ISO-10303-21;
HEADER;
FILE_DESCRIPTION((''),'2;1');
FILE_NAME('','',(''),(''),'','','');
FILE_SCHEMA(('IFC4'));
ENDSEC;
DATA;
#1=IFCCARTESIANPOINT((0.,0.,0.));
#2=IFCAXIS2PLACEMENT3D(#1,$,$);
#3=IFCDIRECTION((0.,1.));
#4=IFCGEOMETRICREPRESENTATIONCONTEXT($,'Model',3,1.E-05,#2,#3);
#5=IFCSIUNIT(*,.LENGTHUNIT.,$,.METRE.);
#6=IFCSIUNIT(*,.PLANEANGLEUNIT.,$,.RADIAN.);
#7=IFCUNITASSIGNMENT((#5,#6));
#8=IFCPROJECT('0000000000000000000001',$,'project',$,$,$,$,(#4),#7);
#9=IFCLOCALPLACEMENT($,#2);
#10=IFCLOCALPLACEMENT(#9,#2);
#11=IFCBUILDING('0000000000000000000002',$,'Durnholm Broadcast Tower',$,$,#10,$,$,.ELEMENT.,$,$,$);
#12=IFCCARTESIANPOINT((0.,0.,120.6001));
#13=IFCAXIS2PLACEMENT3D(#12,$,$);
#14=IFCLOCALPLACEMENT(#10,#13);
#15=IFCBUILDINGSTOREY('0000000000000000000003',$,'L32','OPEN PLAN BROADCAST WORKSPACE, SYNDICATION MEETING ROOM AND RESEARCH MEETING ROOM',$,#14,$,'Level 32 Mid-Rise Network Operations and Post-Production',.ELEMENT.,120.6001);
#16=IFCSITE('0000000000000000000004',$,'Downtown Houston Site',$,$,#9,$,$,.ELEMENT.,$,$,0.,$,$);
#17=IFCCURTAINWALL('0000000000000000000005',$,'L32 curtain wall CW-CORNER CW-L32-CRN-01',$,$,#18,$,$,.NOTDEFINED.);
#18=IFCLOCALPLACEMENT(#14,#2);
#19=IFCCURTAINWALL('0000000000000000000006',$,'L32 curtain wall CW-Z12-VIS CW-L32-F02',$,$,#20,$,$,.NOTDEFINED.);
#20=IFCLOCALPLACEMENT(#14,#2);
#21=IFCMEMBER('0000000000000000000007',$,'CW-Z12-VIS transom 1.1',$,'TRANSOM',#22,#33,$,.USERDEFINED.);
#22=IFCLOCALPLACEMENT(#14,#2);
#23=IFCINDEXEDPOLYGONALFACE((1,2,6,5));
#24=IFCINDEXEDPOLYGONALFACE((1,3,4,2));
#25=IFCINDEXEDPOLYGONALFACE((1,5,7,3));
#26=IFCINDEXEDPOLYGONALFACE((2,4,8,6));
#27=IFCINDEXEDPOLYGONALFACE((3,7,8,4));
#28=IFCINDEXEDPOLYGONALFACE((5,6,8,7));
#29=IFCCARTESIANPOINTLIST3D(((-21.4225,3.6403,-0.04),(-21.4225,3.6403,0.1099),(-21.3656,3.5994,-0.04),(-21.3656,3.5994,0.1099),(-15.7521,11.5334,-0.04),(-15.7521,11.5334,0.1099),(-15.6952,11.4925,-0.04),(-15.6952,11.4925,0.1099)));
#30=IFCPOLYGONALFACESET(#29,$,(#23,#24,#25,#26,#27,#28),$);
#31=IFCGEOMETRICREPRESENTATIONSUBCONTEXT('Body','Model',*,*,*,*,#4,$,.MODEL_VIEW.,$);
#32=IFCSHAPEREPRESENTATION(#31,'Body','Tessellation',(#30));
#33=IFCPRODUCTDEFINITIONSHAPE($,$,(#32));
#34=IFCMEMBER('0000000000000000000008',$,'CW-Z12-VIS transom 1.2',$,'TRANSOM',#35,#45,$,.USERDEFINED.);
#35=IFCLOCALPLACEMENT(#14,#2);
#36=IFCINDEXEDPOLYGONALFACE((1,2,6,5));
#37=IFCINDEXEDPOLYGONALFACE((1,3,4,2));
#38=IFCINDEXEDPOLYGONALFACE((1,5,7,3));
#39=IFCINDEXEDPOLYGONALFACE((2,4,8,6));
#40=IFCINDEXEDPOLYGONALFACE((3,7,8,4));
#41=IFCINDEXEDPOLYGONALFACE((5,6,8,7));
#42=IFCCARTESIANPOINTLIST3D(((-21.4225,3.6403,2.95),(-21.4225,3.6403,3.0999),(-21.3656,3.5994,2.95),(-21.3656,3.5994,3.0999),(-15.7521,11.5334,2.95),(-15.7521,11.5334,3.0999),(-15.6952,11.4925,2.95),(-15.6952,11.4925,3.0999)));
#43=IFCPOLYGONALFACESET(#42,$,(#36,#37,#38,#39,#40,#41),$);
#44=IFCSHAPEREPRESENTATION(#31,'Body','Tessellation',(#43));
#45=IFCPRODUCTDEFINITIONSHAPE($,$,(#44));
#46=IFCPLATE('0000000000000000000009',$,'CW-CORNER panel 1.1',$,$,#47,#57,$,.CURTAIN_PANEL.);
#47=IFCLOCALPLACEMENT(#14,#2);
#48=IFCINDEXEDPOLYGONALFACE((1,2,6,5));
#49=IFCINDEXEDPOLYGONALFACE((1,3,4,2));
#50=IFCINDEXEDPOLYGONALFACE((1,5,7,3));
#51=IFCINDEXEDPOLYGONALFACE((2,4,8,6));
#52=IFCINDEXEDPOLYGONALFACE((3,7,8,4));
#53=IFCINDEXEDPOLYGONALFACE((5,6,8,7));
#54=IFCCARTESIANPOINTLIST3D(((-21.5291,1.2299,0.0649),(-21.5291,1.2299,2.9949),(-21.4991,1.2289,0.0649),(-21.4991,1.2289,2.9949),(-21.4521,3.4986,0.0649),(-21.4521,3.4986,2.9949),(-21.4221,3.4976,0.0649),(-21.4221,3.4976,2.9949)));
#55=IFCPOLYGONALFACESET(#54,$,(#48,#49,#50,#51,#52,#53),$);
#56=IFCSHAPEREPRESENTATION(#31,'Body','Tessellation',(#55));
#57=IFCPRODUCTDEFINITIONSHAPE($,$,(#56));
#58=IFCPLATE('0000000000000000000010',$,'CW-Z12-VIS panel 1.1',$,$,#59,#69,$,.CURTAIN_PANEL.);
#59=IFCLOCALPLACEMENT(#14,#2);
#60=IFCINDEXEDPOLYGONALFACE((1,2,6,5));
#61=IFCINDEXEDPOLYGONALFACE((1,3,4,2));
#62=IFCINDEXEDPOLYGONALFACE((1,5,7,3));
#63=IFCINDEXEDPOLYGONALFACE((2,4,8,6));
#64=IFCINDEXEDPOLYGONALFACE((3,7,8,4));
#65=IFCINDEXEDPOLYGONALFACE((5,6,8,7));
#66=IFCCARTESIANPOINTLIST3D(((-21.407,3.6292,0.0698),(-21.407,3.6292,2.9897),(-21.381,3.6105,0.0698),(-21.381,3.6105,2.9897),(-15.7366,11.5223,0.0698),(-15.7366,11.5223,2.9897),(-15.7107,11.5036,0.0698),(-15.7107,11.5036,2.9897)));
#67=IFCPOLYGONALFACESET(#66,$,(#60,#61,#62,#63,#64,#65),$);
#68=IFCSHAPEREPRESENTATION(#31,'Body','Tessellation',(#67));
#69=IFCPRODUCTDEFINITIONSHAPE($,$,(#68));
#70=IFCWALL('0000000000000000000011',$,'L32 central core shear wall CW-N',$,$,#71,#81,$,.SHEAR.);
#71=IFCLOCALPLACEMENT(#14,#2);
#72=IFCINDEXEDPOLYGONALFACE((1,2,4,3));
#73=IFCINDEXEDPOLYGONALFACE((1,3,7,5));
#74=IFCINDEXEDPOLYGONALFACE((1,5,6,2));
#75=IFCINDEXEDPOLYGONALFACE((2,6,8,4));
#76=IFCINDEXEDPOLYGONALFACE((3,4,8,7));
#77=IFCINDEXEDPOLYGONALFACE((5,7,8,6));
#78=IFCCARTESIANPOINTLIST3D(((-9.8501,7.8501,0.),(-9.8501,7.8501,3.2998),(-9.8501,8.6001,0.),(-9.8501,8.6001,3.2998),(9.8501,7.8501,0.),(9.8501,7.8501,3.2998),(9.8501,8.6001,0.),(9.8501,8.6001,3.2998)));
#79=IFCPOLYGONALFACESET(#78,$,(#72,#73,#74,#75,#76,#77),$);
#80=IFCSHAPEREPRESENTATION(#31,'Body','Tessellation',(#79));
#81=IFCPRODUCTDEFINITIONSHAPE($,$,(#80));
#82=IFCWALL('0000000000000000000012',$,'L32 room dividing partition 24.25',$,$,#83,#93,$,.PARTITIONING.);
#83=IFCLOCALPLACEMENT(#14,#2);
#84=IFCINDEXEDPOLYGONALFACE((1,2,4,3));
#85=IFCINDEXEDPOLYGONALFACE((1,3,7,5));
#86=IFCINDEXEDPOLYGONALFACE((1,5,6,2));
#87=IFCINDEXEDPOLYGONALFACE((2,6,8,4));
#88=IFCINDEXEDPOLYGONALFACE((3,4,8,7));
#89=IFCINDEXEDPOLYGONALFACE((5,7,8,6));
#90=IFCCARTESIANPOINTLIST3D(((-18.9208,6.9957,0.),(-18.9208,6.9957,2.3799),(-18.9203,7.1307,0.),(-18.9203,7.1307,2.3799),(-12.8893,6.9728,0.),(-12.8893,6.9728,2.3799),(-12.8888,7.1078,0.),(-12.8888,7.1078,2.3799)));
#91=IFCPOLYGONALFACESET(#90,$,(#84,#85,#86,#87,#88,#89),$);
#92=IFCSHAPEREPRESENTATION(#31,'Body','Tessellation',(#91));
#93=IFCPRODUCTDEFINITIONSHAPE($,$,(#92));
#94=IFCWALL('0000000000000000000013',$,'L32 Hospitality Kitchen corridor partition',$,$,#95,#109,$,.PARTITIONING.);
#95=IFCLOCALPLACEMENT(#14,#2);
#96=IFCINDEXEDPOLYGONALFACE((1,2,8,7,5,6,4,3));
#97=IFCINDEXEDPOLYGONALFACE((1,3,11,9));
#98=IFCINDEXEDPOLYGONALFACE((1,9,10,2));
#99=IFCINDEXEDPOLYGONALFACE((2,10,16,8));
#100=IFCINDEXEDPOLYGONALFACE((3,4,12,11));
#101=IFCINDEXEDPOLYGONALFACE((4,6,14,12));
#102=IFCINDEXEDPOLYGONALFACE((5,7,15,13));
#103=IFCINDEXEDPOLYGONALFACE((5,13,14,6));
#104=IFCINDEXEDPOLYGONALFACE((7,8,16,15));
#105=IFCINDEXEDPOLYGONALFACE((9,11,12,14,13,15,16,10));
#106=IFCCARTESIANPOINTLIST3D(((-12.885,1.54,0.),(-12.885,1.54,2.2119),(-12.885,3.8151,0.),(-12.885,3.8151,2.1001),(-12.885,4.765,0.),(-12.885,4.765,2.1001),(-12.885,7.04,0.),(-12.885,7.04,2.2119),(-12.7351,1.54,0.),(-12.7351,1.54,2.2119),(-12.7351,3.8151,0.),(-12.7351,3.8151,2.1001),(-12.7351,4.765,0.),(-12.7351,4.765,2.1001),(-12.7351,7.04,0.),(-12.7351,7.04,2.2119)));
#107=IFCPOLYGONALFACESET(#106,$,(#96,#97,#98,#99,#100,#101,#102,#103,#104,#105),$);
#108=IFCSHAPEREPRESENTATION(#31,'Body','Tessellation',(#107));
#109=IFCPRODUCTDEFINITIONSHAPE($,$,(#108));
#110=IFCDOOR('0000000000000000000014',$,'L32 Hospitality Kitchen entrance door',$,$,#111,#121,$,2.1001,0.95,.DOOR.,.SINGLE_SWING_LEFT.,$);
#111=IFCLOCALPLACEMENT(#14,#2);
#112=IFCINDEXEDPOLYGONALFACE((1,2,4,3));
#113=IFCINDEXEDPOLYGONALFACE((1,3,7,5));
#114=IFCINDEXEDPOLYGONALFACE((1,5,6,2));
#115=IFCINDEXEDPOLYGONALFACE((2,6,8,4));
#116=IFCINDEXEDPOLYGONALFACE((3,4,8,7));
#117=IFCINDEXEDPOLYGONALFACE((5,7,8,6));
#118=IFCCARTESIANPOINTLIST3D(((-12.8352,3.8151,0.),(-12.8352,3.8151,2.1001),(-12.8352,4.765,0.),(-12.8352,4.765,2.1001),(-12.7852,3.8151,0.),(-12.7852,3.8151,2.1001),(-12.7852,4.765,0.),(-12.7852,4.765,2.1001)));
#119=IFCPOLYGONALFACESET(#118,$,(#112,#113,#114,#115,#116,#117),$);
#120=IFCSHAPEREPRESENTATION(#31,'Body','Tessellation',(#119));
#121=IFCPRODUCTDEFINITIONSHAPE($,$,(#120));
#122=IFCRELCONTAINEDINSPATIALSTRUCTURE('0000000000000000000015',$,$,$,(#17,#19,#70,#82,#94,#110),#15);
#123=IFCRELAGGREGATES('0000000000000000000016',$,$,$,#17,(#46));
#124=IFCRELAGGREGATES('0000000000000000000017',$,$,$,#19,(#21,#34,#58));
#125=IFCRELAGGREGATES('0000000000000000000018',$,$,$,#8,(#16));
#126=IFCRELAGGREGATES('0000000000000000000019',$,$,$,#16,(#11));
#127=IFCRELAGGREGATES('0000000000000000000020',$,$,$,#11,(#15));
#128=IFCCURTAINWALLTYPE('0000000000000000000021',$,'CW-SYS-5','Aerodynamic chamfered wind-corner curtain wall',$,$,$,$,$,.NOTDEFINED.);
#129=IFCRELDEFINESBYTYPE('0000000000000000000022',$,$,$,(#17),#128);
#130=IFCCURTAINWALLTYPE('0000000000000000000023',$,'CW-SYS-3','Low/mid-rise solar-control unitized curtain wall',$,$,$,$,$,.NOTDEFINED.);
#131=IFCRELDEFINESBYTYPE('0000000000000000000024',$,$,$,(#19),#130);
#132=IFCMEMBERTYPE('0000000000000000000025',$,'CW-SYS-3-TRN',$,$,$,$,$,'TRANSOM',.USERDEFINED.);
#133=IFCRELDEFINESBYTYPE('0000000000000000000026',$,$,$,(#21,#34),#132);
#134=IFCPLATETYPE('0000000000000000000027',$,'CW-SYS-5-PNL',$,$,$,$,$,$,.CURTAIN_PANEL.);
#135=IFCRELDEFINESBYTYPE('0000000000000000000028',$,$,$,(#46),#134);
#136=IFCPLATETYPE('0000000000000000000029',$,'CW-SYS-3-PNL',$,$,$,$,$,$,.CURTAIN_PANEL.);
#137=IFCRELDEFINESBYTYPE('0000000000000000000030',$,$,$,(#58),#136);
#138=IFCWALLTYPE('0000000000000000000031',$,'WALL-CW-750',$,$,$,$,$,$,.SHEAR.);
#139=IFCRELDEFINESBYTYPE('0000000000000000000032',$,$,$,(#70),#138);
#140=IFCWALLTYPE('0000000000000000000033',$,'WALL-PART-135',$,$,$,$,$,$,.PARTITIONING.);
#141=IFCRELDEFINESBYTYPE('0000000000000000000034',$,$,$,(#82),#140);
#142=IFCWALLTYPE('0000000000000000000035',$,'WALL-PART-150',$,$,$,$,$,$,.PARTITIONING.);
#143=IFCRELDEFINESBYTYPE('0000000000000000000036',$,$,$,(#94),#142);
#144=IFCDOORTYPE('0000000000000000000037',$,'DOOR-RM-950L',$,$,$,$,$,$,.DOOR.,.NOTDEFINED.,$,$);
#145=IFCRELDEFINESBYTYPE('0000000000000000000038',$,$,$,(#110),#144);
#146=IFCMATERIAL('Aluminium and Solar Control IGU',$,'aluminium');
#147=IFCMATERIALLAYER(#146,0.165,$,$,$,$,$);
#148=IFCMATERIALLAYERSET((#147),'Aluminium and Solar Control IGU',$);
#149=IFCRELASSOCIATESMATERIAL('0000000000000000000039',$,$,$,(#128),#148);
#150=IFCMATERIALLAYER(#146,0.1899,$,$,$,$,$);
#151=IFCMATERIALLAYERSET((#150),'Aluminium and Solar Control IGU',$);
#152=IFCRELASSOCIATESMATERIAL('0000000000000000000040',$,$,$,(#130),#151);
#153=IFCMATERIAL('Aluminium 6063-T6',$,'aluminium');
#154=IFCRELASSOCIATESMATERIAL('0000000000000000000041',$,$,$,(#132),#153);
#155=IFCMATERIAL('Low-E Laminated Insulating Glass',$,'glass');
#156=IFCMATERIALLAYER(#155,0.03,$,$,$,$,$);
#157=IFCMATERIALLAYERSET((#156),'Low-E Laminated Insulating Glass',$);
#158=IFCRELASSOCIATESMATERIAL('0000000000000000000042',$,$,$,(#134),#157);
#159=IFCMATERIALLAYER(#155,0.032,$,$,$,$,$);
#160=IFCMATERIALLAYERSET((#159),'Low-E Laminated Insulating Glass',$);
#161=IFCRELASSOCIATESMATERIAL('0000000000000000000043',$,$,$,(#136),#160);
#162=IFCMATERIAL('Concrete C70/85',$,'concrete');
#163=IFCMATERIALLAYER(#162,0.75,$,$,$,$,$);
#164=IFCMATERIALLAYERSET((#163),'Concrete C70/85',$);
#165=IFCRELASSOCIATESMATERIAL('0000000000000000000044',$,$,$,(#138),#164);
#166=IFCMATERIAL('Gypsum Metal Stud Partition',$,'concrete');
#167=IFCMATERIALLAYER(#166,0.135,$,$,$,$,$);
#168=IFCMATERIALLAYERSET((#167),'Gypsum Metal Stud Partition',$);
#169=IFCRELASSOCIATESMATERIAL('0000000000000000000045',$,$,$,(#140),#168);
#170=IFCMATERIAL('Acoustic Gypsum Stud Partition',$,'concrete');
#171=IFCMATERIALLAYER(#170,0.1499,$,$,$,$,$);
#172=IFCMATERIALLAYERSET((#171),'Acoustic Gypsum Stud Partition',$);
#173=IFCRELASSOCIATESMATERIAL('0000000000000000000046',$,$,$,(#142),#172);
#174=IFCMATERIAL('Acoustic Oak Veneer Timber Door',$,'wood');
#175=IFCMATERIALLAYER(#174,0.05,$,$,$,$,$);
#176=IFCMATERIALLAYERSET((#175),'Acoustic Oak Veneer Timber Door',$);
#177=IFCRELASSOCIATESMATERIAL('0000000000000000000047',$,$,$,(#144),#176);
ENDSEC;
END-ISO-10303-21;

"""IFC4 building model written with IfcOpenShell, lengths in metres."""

from ifc_helpers import new_model, si_unit, direction, frame, frame_2d, origin, origin_2d, place, context, subcontext, project, spatial, rectangle, extrude, source, transform, mapped, material, layer, layer_set, material_profile, profile_set, type_object, type_shapes, element, fill, aggregate, save


model = new_model("IFC4")

# Units and contexts
model_context = context("Model", 3, precision=1e-05, world=origin(), true_north=direction((0.0, 1.0)))
body_context = subcontext(model_context, "Body", "Model", "MODEL_VIEW")
ifc_project = project(units=[si_unit("LENGTHUNIT", "METRE"), si_unit("PLANEANGLEUNIT", "RADIAN")], contexts=[model_context])

# Site, building, storey
site_placement = place(None, origin())
site = spatial("IfcSite", under=ifc_project, at=site_placement, Name="Downtown Houston Site", CompositionType="ELEMENT", RefElevation=0.0)
building_placement = place(site_placement, origin())
building = spatial("IfcBuilding", under=site, at=building_placement, Name="Durnholm Broadcast Tower", CompositionType="ELEMENT")
storey_placement = place(building_placement, frame((0.0, 0.0, 120.6001)))
storey = spatial("IfcBuildingStorey", under=building, at=storey_placement, Name="L32", Description="OPEN PLAN BROADCAST WORKSPACE, SYNDICATION MEETING ROOM AND RESEARCH MEETING ROOM", LongName="Level 32 Mid-Rise Network Operations and Post-Production", CompositionType="ELEMENT", Elevation=120.6001)

# Shared definitions
ifc_material_1 = material(Name="Concrete C70/85", Category="concrete")

# Curtain wall
ifc_material_2 = material(Name="Aluminium and Solar Control IGU", Category="aluminium")
ifc_layer_1 = layer(ifc_material_2, 0.165)
ifc_layer_set_1 = layer_set([ifc_layer_1], Name="Aluminium and Solar Control IGU")
curtain_wall_type_1 = type_object("IfcCurtainWallType", Name="CW-SYS-5", Description="Aerodynamic chamfered wind-corner curtain wall", PredefinedType="NOTDEFINED", material=ifc_layer_set_1)
curtain_wall_1_placement = place(storey_placement, origin())
curtain_wall_1 = element("IfcCurtainWall", 1, at=curtain_wall_1_placement, inside=storey, type_object=curtain_wall_type_1, Name="L32 curtain wall CW-CORNER CW-L32-CRN-01", PredefinedType="NOTDEFINED")
ifc_material_3 = material(Name="Aluminium 6063-T6", Category="aluminium")

# Curtain wall, members
ifc_layer_2 = layer(ifc_material_2, 0.1899)
ifc_layer_set_2 = layer_set([ifc_layer_2], Name="Aluminium and Solar Control IGU")
curtain_wall_type_2 = type_object("IfcCurtainWallType", Name="CW-SYS-3", Description="Low/mid-rise solar-control unitized curtain wall", PredefinedType="NOTDEFINED", material=ifc_layer_set_2)
curtain_wall_2_placement = place(storey_placement, origin())
curtain_wall_2 = element("IfcCurtainWall", 2, at=curtain_wall_2_placement, inside=storey, type_object=curtain_wall_type_2, Name="L32 curtain wall CW-Z12-VIS CW-L32-F02", PredefinedType="NOTDEFINED")
ifc_material_profile_1 = material_profile(ifc_material_3, rectangle(XDim=0.0701, YDim=0.1499, at=origin_2d()), Name="CWT70X150")
ifc_profile_set_1 = profile_set([ifc_material_profile_1], Name="Aluminium 6063-T6")
member_type_1 = type_object("IfcMemberType", Name="CW-SYS-3-TRN", ElementType="TRANSOM", PredefinedType="USERDEFINED", material=ifc_profile_set_1)
shared_shape_1 = source(origin(), body_context, "Body", "SweptSolid", [
    extrude(rectangle(XDim=0.0701, YDim=0.1499, at=origin_2d()), origin(), (0.0, 0.0, 1.0), 9.7188),
])
type_shapes(member_type_1, [shared_shape_1])
member_1_placement = place(storey_placement, frame((-21.394, 3.6199, 0.0349), z_axis=(0.583451, 0.812149, 0.0), x_axis=(-0.812149, 0.583451, 0.0)))
member_1 = element("IfcMember", 3, at=member_1_placement, type_object=member_type_1, Name="CW-Z12-VIS transom 1.1", ObjectType="TRANSOM", PredefinedType="USERDEFINED", context=body_context, shape_type="MappedRepresentation", body=[
    mapped(shared_shape_1, transform((0.0, 0.0, 0.0), x_axis=(1.0, 0.0, 0.0), y_axis=(0.0, 1.0, 0.0), z_axis=(0.0, 0.0, 1.0), scale=1.0)),
])
member_2_placement = place(storey_placement, frame((-21.394, 3.6199, 3.0249), z_axis=(0.583451, 0.812149, 0.0), x_axis=(-0.812149, 0.583451, 0.0)))
member_2 = element("IfcMember", 4, at=member_2_placement, type_object=member_type_1, Name="CW-Z12-VIS transom 1.2", ObjectType="TRANSOM", PredefinedType="USERDEFINED", context=body_context, shape_type="MappedRepresentation", body=[
    mapped(shared_shape_1, transform((0.0, 0.0, 0.0), x_axis=(1.0, 0.0, 0.0), y_axis=(0.0, 1.0, 0.0), z_axis=(0.0, 0.0, 1.0), scale=1.0)),
])

# Plates
ifc_material_4 = material(Name="Low-E Laminated Insulating Glass", Category="glass")
ifc_layer_3 = layer(ifc_material_4, 0.03)
ifc_layer_set_3 = layer_set([ifc_layer_3], Name="Low-E Laminated Insulating Glass")
plate_type_1 = type_object("IfcPlateType", Name="CW-SYS-5-PNL", PredefinedType="CURTAIN_PANEL", material=ifc_layer_set_3)
shared_shape_2 = source(origin(), body_context, "Body", "SweptSolid", [
    extrude(rectangle(XDim=2.27, YDim=0.03, at=origin_2d()), origin(), (0.0, 0.0, 1.0), 2.9299),
])
type_shapes(plate_type_1, [shared_shape_2])
plate_1_placement = place(storey_placement, frame((-21.4756, 2.3638, 0.0649), z_axis=(0.0, 0.0, 1.0), x_axis=(0.033917, 0.999425, 0.0)))
plate_1 = element("IfcPlate", 5, at=plate_1_placement, type_object=plate_type_1, Name="CW-CORNER panel 1.1", PredefinedType="CURTAIN_PANEL", context=body_context, shape_type="MappedRepresentation", body=[
    mapped(shared_shape_2, transform((0.0, 0.0, 0.0), x_axis=(1.0, 0.0, 0.0), y_axis=(0.0, 1.0, 0.0), z_axis=(0.0, 0.0, 1.0), scale=1.0)),
])
aggregate(curtain_wall_1, [plate_1])
ifc_layer_4 = layer(ifc_material_4, 0.032)
ifc_layer_set_4 = layer_set([ifc_layer_4], Name="Low-E Laminated Insulating Glass")
plate_type_2 = type_object("IfcPlateType", Name="CW-SYS-3-PNL", PredefinedType="CURTAIN_PANEL", material=ifc_layer_set_4)
shared_shape_3 = source(origin(), body_context, "Body", "SweptSolid", [
    extrude(rectangle(XDim=9.7188, YDim=0.032, at=origin_2d()), origin(), (0.0, 0.0, 1.0), 2.9199),
])
type_shapes(plate_type_2, [shared_shape_3])
plate_2_placement = place(storey_placement, frame((-18.5588, 7.5664, 0.0698), z_axis=(0.0, 0.0, 1.0), x_axis=(0.583445, 0.812152, 0.0)))
plate_2 = element("IfcPlate", 6, at=plate_2_placement, type_object=plate_type_2, Name="CW-Z12-VIS panel 1.1", PredefinedType="CURTAIN_PANEL", context=body_context, shape_type="MappedRepresentation", body=[
    mapped(shared_shape_3, transform((0.0, 0.0, 0.0), x_axis=(1.0, 0.0, 0.0), y_axis=(0.0, 1.0, 0.0), z_axis=(0.0, 0.0, 1.0), scale=1.0)),
])
aggregate(curtain_wall_2, [member_1, member_2, plate_2])

# Walls
ifc_layer_5 = layer(ifc_material_1, 0.75)
ifc_layer_set_5 = layer_set([ifc_layer_5], Name="Concrete C70/85")
wall_type_1 = type_object("IfcWallType", Name="WALL-CW-750", PredefinedType="SHEAR", material=ifc_layer_set_5)
wall_1_placement = place(storey_placement, frame((-9.8501, 8.2251, 0.0), z_axis=(0.0, 0.0, 1.0), x_axis=(1.0, 0.0, 0.0)))
element("IfcWall", 7, at=wall_1_placement, inside=storey, type_object=wall_type_1, Name="L32 central core shear wall CW-N", PredefinedType="SHEAR", context=body_context, shape_type="SweptSolid", body=[
    extrude(rectangle(XDim=19.7002, YDim=0.75, at=frame_2d((9.8501, 0.0))), origin(), (0.0, 0.0, 1.0), 3.2998),
])
ifc_material_5 = material(Name="Gypsum Metal Stud Partition", Category="concrete")
ifc_layer_6 = layer(ifc_material_5, 0.135)
ifc_layer_set_6 = layer_set([ifc_layer_6], Name="Gypsum Metal Stud Partition")
wall_type_2 = type_object("IfcWallType", Name="WALL-PART-135", PredefinedType="PARTITIONING", material=ifc_layer_set_6)
wall_2_placement = place(storey_placement, frame((-18.9204, 7.0632, 0.0), z_axis=(0.0, 0.0, 1.0), x_axis=(0.999993, -0.003805, 0.0)))
element("IfcWall", 8, at=wall_2_placement, inside=storey, type_object=wall_type_2, Name="L32 room dividing partition 24.25", PredefinedType="PARTITIONING", context=body_context, shape_type="SweptSolid", body=[
    extrude(rectangle(XDim=6.0315, YDim=0.135, at=frame_2d((3.0156, 0.0))), origin(), (0.0, 0.0, 1.0), 2.3799),
])

# Wall, opening, door
ifc_material_6 = material(Name="Acoustic Gypsum Stud Partition", Category="concrete")
ifc_layer_7 = layer(ifc_material_6, 0.1499)
ifc_layer_set_7 = layer_set([ifc_layer_7], Name="Acoustic Gypsum Stud Partition")
wall_type_3 = type_object("IfcWallType", Name="WALL-PART-150", PredefinedType="PARTITIONING", material=ifc_layer_set_7)
wall_3_placement = place(storey_placement, frame((-12.8101, 7.04, 0.0), z_axis=(0.0, 0.0, 1.0), x_axis=(0.0, -1.0, 0.0)))
wall_3 = element("IfcWall", 9, at=wall_3_placement, inside=storey, type_object=wall_type_3, Name="L32 Hospitality Kitchen corridor partition", PredefinedType="PARTITIONING", context=body_context, shape_type="SweptSolid", body=[
    extrude(rectangle(XDim=5.5, YDim=0.1499, at=frame_2d((2.75, 0.0))), origin(), (0.0, 0.0, 1.0), 2.2119),
])
opening_1_placement = place(wall_3_placement, frame((2.2749, 0.0, 0.0)))
opening_1 = element("IfcOpeningElement", 10, at=opening_1_placement, cuts=wall_3, PredefinedType="OPENING", context=body_context, shape_type="SweptSolid", body=[
    extrude(rectangle(XDim=0.95, YDim=2.1001, at=frame_2d((0.4751, 1.05))), frame((0.0, 0.085, 0.0), z_axis=(0.0, -1.0, 0.0), x_axis=(1.0, 0.0, 0.0)), (0.0, 0.0, 1.0), 0.1699),
])
ifc_material_7 = material(Name="Acoustic Oak Veneer Timber Door", Category="wood")
ifc_layer_8 = layer(ifc_material_7, 0.05)
ifc_layer_set_8 = layer_set([ifc_layer_8], Name="Acoustic Oak Veneer Timber Door")
door_type_1 = type_object("IfcDoorType", Name="DOOR-RM-950L", OperationType="NOTDEFINED", PredefinedType="DOOR", material=ifc_layer_set_8)
shared_shape_4 = source(origin(), body_context, "Body", "SweptSolid", [
    extrude(rectangle(XDim=0.95, YDim=2.1001, at=frame_2d((0.4751, 1.05))), frame((0.0, 0.0249, 0.0), z_axis=(0.0, -1.0, 0.0), x_axis=(1.0, 0.0, 0.0)), (0.0, 0.0, 1.0), 0.05),
])
type_shapes(door_type_1, [shared_shape_4])
door_1_placement = place(opening_1_placement, origin())
door_1 = element("IfcDoor", 11, at=door_1_placement, inside=storey, type_object=door_type_1, Name="L32 Hospitality Kitchen entrance door", OperationType="SINGLE_SWING_LEFT", OverallHeight=2.1001, OverallWidth=0.95, PredefinedType="DOOR", context=body_context, shape_type="MappedRepresentation", body=[
    mapped(shared_shape_4, transform((0.0, 0.0, 0.0), x_axis=(1.0, 0.0, 0.0), y_axis=(0.0, 1.0, 0.0), z_axis=(0.0, 0.0, 1.0), scale=1.0)),
])
fill(opening_1, door_1)

save(model, "model.ifc")
